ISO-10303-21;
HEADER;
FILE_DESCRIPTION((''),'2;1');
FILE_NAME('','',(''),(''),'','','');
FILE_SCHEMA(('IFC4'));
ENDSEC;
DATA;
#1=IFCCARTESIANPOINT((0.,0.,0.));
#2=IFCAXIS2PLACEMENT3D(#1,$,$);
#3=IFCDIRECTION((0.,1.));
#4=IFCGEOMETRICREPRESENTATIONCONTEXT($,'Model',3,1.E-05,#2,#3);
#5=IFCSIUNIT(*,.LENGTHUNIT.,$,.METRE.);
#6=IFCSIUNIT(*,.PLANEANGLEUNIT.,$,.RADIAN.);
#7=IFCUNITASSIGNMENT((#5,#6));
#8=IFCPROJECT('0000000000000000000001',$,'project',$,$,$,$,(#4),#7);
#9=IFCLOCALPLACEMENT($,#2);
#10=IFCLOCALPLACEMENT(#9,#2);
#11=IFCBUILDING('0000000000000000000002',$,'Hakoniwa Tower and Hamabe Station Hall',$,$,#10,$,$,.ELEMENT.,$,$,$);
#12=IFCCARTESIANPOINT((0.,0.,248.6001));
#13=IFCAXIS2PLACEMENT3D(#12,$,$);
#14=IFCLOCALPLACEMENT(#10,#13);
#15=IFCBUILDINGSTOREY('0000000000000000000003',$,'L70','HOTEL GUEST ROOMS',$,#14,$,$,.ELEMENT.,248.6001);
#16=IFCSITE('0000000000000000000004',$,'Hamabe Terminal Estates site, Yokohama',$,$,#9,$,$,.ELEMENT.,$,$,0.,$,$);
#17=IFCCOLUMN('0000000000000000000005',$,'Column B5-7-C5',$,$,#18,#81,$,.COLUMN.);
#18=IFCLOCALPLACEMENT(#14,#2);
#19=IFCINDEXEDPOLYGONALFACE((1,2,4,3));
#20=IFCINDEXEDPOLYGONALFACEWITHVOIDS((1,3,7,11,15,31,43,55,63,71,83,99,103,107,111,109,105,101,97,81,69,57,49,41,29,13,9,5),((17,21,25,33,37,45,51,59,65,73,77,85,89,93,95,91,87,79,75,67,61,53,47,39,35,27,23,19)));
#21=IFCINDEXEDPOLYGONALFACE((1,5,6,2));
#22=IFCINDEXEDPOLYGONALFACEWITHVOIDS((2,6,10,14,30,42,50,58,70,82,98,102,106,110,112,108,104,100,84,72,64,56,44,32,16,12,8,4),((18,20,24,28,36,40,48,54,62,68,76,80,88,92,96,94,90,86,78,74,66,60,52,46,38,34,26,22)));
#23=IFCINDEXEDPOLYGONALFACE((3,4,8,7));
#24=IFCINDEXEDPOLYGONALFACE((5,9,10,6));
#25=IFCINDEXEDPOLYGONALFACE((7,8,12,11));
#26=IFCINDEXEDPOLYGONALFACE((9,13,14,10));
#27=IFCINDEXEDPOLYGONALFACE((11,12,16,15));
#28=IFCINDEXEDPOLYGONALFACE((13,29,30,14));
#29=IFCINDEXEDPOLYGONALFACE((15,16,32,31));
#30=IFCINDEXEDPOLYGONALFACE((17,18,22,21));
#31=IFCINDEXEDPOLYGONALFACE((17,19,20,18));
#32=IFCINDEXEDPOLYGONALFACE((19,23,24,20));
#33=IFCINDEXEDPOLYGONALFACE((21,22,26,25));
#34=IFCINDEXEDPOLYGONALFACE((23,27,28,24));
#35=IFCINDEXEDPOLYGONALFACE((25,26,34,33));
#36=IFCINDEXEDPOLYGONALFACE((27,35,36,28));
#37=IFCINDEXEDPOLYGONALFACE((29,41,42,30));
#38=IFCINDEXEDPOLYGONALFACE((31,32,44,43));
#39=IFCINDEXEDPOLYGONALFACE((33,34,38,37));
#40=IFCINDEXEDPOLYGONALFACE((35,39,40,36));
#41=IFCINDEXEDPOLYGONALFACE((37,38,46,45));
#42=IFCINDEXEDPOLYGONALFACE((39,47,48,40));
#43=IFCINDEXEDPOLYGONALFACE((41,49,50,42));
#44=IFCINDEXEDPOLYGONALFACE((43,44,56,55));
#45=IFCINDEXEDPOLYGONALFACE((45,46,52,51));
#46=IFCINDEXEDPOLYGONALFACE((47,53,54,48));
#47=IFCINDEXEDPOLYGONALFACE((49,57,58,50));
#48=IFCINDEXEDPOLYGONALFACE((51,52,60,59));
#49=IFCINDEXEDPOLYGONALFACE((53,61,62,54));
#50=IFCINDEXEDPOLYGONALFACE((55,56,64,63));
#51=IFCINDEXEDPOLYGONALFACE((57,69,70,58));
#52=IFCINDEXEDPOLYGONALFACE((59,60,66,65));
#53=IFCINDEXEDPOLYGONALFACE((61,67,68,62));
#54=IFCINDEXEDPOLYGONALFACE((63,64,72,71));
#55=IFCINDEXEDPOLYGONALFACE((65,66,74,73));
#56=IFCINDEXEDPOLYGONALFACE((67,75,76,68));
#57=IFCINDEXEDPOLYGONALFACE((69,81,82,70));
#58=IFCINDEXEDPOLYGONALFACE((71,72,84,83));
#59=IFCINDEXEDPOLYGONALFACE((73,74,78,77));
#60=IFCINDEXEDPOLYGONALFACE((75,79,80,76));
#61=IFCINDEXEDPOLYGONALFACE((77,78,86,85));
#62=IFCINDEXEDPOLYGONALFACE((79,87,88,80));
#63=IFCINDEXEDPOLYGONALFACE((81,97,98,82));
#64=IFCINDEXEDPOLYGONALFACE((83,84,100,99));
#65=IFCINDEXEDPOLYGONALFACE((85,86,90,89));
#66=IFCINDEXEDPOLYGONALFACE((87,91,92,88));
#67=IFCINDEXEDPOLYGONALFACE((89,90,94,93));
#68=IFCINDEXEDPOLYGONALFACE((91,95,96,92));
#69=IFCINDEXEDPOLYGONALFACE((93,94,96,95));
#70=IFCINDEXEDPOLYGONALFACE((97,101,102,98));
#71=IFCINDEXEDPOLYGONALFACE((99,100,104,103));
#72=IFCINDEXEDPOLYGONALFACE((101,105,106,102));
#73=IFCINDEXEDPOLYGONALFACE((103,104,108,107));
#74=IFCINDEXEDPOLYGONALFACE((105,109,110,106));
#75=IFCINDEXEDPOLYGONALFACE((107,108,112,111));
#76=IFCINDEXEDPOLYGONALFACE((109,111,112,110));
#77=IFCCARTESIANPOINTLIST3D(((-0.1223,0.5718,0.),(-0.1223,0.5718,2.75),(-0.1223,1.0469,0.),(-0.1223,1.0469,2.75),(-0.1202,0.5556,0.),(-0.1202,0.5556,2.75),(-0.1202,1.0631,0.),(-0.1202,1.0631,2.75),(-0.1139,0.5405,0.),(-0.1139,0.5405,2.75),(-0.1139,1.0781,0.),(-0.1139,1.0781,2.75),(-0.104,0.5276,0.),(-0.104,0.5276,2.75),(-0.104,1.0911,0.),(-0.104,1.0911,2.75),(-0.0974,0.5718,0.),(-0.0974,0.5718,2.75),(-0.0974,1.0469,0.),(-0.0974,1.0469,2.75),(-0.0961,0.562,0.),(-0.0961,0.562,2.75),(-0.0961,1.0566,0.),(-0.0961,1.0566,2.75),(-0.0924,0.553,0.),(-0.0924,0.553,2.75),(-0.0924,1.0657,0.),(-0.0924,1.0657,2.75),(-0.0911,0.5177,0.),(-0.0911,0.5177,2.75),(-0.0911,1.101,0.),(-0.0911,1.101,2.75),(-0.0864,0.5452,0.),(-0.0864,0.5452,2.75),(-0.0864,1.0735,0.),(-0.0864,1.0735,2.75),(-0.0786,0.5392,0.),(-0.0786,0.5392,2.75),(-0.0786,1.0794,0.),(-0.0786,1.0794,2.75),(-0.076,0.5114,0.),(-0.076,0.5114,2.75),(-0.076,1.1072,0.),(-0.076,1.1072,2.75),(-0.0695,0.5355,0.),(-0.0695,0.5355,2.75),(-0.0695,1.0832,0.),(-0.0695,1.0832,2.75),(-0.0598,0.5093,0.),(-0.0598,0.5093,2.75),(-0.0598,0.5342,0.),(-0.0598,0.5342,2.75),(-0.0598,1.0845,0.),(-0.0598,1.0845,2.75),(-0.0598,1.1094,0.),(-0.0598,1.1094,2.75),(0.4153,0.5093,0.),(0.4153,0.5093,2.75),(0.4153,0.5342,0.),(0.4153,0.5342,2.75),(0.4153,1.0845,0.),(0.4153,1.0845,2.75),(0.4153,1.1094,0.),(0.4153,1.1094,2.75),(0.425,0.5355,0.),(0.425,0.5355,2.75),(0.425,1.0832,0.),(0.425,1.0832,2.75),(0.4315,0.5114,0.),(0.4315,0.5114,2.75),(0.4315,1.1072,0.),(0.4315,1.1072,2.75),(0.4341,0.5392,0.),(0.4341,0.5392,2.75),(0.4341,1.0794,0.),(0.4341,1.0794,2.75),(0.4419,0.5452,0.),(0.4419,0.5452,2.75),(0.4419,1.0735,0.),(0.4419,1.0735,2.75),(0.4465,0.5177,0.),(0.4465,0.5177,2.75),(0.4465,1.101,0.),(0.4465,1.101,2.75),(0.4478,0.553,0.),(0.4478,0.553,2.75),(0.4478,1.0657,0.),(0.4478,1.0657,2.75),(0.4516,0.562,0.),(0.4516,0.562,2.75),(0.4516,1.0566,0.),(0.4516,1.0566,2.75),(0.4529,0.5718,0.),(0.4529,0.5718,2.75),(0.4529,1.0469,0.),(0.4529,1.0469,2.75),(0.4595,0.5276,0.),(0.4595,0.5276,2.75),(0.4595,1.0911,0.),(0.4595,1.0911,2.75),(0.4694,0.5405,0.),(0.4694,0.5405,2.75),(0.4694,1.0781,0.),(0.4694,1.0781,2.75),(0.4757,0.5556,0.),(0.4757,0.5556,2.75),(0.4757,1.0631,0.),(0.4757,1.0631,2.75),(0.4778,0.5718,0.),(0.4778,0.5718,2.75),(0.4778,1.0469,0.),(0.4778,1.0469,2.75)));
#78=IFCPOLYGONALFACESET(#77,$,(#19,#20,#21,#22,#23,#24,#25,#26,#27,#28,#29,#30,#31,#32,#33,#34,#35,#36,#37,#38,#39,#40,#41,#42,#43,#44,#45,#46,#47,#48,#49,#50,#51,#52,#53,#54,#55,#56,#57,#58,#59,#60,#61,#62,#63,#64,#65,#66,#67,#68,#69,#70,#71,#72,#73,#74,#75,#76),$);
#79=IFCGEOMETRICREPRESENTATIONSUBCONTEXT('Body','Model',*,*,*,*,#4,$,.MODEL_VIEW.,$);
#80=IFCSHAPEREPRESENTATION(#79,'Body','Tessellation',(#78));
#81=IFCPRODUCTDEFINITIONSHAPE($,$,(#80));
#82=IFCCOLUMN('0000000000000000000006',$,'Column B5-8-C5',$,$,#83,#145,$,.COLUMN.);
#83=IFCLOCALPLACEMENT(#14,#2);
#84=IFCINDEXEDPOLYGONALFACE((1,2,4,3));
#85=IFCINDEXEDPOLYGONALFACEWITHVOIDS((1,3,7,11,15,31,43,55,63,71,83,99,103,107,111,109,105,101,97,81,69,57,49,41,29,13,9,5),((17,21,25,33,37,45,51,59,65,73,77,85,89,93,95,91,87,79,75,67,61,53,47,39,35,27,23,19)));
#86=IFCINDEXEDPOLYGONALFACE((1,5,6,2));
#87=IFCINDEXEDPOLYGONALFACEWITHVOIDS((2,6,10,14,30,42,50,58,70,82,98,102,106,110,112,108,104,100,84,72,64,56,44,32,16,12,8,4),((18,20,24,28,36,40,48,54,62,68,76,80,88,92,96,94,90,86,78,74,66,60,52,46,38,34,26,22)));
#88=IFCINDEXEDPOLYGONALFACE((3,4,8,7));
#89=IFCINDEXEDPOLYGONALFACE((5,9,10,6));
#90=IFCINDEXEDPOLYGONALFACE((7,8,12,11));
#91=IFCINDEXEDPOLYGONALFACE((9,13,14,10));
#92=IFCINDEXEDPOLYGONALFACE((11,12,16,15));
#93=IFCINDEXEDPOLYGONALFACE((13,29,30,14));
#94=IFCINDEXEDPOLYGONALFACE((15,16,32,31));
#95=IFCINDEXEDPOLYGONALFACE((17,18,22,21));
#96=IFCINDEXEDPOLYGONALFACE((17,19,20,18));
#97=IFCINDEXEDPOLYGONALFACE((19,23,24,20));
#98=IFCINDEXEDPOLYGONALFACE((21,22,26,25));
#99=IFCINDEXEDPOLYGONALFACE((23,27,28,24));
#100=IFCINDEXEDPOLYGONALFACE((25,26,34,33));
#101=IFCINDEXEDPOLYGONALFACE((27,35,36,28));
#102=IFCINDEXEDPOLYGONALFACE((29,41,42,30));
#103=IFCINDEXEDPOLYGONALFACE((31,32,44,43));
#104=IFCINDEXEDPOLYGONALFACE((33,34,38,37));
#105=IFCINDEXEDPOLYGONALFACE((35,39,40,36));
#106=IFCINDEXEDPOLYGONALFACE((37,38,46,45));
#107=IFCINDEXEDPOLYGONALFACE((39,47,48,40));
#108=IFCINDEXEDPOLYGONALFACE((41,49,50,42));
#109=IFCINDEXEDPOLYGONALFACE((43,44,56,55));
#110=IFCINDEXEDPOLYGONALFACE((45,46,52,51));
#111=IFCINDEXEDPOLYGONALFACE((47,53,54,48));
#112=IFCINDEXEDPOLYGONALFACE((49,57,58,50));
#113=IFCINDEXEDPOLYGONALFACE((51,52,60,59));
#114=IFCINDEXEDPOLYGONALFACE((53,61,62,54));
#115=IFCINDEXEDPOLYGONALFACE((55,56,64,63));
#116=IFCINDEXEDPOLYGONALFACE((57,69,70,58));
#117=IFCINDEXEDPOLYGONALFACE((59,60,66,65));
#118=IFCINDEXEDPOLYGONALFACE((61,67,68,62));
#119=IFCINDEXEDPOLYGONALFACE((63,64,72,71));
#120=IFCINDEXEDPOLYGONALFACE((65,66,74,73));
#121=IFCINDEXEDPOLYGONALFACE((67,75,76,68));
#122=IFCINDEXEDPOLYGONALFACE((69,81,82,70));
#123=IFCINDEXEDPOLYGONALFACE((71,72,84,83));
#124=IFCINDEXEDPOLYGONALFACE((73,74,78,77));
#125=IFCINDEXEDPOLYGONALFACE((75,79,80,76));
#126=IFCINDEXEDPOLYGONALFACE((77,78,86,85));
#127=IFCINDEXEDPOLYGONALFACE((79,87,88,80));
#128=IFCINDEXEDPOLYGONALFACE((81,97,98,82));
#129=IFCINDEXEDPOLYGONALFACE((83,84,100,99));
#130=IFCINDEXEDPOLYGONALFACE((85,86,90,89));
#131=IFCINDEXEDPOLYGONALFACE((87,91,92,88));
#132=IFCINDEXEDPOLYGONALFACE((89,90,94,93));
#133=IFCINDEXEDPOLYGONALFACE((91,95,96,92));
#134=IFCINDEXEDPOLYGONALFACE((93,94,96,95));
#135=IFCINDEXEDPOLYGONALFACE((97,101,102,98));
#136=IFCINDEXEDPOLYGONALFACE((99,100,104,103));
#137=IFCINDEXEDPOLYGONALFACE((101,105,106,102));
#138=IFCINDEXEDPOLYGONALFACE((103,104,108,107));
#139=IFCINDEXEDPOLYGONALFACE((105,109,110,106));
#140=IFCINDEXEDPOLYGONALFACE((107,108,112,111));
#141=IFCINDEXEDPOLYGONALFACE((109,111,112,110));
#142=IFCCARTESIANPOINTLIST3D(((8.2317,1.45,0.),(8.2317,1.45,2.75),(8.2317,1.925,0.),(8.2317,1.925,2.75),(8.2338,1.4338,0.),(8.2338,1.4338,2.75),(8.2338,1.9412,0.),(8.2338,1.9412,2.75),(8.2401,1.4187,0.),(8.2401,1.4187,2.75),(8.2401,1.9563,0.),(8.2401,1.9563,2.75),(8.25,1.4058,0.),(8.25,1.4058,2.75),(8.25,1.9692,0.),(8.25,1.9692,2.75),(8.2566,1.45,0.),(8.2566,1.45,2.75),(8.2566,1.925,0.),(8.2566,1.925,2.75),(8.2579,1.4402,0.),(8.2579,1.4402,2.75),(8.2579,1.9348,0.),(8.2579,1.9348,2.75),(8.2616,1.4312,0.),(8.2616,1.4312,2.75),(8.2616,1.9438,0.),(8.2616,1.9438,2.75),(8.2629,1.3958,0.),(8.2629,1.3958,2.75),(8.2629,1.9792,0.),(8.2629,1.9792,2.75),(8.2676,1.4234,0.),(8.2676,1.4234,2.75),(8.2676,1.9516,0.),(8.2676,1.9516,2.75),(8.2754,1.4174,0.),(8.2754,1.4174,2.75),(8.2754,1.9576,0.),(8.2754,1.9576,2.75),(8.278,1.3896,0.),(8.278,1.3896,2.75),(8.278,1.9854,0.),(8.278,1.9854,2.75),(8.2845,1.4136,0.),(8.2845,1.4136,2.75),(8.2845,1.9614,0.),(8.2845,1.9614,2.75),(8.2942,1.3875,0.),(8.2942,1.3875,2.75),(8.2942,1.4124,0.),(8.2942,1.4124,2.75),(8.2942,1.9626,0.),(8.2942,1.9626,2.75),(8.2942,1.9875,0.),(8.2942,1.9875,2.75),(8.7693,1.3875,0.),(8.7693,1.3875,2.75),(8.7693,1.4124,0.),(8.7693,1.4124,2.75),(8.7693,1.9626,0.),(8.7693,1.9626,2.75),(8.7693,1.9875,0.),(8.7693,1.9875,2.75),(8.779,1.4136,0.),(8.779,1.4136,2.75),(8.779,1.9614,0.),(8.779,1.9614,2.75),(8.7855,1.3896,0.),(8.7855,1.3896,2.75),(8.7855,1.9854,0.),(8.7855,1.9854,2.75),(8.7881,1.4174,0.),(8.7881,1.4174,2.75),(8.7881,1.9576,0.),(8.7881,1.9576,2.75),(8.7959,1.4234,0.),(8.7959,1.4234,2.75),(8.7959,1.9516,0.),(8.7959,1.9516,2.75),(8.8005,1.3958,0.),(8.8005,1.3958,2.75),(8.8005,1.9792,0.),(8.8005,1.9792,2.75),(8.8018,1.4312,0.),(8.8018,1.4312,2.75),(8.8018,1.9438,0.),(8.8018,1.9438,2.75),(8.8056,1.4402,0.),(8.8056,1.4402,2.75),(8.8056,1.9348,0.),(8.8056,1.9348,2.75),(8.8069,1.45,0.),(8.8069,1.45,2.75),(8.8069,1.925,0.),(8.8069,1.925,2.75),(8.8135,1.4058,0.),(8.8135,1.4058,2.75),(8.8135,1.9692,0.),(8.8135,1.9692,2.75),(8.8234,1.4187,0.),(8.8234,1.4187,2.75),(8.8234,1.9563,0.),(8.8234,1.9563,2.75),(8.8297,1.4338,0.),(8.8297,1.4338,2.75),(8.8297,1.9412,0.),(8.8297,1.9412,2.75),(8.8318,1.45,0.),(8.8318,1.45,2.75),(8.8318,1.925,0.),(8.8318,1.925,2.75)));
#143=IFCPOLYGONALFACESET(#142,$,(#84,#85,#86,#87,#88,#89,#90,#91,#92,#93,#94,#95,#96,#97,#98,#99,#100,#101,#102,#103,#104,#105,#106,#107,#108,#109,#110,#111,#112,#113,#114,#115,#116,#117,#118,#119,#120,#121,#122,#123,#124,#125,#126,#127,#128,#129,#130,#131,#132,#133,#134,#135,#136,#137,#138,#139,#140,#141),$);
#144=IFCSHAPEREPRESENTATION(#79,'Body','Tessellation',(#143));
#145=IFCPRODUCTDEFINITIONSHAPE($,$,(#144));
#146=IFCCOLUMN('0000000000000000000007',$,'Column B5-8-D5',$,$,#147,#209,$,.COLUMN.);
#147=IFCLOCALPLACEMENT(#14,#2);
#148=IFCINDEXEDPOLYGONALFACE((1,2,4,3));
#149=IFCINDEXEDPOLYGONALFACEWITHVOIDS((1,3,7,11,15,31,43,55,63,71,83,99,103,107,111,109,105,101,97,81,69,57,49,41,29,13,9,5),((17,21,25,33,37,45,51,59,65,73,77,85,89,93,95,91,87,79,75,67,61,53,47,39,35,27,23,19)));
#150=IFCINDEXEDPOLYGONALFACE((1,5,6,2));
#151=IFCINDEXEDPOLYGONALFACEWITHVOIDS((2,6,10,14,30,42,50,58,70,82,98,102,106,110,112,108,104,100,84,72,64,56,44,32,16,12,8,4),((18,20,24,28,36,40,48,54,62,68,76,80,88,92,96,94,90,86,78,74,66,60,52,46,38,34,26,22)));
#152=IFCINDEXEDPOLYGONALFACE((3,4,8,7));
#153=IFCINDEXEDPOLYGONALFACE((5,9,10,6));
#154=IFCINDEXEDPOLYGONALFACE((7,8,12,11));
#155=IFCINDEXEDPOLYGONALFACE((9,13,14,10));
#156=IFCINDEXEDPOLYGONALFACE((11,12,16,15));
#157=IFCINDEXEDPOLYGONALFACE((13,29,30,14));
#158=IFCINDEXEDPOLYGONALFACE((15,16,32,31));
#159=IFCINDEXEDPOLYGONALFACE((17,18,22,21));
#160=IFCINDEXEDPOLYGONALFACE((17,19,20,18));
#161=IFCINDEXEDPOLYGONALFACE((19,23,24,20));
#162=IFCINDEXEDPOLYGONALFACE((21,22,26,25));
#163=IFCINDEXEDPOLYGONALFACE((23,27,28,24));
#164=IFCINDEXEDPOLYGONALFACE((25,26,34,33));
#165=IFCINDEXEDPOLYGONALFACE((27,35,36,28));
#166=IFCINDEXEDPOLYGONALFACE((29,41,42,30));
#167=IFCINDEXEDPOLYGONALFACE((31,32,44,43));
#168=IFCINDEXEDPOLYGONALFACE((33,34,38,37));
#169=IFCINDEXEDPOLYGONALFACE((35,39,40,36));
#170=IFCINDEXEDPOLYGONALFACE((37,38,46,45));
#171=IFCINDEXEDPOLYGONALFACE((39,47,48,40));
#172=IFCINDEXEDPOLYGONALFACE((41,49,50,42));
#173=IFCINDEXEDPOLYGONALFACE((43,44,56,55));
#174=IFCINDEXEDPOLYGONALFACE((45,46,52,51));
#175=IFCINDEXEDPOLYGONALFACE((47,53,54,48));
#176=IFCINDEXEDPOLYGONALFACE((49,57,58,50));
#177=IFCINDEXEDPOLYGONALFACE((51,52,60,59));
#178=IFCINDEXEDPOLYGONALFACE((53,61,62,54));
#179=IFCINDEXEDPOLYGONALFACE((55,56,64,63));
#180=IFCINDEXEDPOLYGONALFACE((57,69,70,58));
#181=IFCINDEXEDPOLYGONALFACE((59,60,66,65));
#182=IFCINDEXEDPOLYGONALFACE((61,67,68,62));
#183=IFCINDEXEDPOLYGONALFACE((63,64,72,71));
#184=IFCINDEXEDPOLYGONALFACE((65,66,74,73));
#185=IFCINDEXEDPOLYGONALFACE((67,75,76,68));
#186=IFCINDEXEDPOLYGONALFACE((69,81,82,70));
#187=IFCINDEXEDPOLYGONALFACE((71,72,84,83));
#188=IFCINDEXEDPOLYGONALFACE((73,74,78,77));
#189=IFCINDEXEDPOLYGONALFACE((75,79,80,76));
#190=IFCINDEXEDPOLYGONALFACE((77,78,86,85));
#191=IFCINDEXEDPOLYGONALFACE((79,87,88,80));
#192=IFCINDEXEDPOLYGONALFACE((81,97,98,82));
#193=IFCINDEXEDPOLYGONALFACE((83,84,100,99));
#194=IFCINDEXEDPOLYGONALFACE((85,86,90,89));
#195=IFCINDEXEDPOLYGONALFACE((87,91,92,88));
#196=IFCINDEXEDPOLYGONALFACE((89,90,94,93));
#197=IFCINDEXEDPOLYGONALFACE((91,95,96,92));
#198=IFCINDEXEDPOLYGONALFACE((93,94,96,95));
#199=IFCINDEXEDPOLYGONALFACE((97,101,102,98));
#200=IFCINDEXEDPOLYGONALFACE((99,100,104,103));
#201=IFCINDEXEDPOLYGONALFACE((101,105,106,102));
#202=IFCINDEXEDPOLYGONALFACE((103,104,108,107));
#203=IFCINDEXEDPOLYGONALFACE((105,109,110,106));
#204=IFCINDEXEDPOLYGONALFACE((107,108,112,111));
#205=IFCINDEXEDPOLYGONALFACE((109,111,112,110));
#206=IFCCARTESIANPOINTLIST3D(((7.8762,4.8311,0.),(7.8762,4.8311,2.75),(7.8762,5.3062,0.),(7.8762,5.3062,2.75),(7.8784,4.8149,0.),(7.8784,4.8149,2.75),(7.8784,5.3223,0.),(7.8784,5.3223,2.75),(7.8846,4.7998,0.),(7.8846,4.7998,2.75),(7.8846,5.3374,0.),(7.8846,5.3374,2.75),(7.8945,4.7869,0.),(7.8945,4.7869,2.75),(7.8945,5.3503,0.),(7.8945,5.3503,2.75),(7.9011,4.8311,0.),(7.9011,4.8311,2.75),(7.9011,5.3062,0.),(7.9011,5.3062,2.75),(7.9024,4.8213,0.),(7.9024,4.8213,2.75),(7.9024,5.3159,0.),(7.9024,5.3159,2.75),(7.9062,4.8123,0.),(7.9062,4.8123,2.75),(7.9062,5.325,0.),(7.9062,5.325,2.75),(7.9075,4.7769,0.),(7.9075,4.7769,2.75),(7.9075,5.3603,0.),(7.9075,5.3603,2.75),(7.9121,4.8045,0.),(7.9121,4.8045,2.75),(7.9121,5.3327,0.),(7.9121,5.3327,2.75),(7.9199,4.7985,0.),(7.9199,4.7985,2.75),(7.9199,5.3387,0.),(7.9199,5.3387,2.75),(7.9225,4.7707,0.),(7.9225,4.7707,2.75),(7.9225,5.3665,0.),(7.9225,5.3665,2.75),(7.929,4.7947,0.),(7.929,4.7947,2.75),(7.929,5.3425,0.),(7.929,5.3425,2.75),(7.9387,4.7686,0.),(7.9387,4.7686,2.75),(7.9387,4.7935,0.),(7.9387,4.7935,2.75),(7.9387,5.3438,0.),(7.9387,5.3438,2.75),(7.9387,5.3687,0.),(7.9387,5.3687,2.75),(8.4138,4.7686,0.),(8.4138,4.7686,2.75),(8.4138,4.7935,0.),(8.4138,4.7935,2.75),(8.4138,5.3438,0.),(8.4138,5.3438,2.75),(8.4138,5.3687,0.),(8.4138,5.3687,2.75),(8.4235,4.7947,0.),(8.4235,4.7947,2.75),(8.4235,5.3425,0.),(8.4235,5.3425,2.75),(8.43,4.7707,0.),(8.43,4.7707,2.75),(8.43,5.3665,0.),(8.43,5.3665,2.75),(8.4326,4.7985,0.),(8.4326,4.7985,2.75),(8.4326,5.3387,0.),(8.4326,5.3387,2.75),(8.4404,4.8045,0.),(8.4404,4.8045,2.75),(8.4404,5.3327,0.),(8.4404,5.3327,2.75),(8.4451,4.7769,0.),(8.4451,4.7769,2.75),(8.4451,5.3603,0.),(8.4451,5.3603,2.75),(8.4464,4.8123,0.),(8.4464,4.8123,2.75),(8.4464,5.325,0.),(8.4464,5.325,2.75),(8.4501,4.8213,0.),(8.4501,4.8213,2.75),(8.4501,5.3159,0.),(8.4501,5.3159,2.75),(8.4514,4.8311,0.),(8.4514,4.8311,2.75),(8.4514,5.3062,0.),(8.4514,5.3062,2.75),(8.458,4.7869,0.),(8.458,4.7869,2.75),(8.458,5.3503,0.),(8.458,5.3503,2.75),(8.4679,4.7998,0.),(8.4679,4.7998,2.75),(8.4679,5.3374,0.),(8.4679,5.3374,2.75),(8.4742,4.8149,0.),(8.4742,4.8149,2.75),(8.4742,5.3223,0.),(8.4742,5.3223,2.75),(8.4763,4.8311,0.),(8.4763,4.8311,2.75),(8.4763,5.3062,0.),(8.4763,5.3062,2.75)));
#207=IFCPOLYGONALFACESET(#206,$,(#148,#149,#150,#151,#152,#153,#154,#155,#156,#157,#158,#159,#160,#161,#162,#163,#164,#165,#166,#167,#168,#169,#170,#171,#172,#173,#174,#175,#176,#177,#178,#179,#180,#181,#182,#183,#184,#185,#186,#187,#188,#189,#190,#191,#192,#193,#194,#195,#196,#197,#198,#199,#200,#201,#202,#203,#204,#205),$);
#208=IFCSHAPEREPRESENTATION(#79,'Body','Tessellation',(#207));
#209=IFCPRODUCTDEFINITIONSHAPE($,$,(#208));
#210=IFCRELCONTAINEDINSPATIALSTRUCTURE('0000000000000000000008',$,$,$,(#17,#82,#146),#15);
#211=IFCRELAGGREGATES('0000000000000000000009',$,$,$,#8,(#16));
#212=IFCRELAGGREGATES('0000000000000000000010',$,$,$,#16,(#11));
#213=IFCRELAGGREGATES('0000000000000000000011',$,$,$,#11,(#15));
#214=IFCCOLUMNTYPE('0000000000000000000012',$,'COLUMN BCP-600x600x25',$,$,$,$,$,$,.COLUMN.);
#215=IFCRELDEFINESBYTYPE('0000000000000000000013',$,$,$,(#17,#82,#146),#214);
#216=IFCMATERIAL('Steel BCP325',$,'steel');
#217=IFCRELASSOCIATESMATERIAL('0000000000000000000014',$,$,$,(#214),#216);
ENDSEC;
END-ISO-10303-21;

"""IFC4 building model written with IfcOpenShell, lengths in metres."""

from ifc_helpers import new_model, si_unit, direction, frame, origin, origin_2d, place, context, subcontext, project, spatial, hollow_rectangle, extrude, material, material_profile, profile_set, type_object, element, save


model = new_model("IFC4")

# Units and contexts
model_context = context("Model", 3, precision=1e-05, world=origin(), true_north=direction((0.0, 1.0)))
body_context = subcontext(model_context, "Body", "Model", "MODEL_VIEW")
ifc_project = project(units=[si_unit("LENGTHUNIT", "METRE"), si_unit("PLANEANGLEUNIT", "RADIAN")], contexts=[model_context])

# Site, building, storey
site_placement = place(None, origin())
site = spatial("IfcSite", under=ifc_project, at=site_placement, Name="Hamabe Terminal Estates site, Yokohama", CompositionType="ELEMENT", RefElevation=0.0)
building_placement = place(site_placement, origin())
building = spatial("IfcBuilding", under=site, at=building_placement, Name="Hakoniwa Tower and Hamabe Station Hall", CompositionType="ELEMENT")
storey_placement = place(building_placement, frame((0.0, 0.0, 248.6001)))
storey = spatial("IfcBuildingStorey", under=building, at=storey_placement, Name="L70", Description="HOTEL GUEST ROOMS", CompositionType="ELEMENT", Elevation=248.6001)

# Columns
ifc_material_1 = material(Name="Steel BCP325", Category="steel")
ifc_material_profile = material_profile(ifc_material_1, hollow_rectangle(XDim=0.6001, YDim=0.6001, WallThickness=0.0249, InnerFilletRadius=0.0376, OuterFilletRadius=0.0625, at=origin_2d()), Name="BCP-600x600x25")
ifc_profile_set = profile_set([ifc_material_profile], Name="Steel BCP325")
column_type = type_object("IfcColumnType", Name="COLUMN BCP-600x600x25", PredefinedType="COLUMN", material=ifc_profile_set)
for number, where, z_axis, x_axis, name in (
    (1, (0.1777, 0.8093, 0.0), (0.0, 0.0, 1.0), (1.0, 0.0, 0.0), "Column B5-7-C5"),
    (2, (8.5317, 1.6875, 0.0), (0.0, 0.0, 1.0), (1.0, 0.0, 0.0), "Column B5-8-C5"),
    (3, (8.1763, 5.0686, 0.0), (0.0, 0.0, 1.0), (1.0, 0.0, 0.0), "Column B5-8-D5"),
):
    element("IfcColumn", number, at=place(storey_placement, frame(where, z_axis=z_axis, x_axis=x_axis)), inside=storey, type_object=column_type, Name=name, PredefinedType="COLUMN", context=body_context, shape_type="SweptSolid", body=[
        extrude(hollow_rectangle(XDim=0.6001, YDim=0.6001, WallThickness=0.0249, InnerFilletRadius=0.0376, OuterFilletRadius=0.0625, at=origin_2d()), origin(), (0.0, 0.0, 1.0), 2.75),
    ])

save(model, "model.ifc")
